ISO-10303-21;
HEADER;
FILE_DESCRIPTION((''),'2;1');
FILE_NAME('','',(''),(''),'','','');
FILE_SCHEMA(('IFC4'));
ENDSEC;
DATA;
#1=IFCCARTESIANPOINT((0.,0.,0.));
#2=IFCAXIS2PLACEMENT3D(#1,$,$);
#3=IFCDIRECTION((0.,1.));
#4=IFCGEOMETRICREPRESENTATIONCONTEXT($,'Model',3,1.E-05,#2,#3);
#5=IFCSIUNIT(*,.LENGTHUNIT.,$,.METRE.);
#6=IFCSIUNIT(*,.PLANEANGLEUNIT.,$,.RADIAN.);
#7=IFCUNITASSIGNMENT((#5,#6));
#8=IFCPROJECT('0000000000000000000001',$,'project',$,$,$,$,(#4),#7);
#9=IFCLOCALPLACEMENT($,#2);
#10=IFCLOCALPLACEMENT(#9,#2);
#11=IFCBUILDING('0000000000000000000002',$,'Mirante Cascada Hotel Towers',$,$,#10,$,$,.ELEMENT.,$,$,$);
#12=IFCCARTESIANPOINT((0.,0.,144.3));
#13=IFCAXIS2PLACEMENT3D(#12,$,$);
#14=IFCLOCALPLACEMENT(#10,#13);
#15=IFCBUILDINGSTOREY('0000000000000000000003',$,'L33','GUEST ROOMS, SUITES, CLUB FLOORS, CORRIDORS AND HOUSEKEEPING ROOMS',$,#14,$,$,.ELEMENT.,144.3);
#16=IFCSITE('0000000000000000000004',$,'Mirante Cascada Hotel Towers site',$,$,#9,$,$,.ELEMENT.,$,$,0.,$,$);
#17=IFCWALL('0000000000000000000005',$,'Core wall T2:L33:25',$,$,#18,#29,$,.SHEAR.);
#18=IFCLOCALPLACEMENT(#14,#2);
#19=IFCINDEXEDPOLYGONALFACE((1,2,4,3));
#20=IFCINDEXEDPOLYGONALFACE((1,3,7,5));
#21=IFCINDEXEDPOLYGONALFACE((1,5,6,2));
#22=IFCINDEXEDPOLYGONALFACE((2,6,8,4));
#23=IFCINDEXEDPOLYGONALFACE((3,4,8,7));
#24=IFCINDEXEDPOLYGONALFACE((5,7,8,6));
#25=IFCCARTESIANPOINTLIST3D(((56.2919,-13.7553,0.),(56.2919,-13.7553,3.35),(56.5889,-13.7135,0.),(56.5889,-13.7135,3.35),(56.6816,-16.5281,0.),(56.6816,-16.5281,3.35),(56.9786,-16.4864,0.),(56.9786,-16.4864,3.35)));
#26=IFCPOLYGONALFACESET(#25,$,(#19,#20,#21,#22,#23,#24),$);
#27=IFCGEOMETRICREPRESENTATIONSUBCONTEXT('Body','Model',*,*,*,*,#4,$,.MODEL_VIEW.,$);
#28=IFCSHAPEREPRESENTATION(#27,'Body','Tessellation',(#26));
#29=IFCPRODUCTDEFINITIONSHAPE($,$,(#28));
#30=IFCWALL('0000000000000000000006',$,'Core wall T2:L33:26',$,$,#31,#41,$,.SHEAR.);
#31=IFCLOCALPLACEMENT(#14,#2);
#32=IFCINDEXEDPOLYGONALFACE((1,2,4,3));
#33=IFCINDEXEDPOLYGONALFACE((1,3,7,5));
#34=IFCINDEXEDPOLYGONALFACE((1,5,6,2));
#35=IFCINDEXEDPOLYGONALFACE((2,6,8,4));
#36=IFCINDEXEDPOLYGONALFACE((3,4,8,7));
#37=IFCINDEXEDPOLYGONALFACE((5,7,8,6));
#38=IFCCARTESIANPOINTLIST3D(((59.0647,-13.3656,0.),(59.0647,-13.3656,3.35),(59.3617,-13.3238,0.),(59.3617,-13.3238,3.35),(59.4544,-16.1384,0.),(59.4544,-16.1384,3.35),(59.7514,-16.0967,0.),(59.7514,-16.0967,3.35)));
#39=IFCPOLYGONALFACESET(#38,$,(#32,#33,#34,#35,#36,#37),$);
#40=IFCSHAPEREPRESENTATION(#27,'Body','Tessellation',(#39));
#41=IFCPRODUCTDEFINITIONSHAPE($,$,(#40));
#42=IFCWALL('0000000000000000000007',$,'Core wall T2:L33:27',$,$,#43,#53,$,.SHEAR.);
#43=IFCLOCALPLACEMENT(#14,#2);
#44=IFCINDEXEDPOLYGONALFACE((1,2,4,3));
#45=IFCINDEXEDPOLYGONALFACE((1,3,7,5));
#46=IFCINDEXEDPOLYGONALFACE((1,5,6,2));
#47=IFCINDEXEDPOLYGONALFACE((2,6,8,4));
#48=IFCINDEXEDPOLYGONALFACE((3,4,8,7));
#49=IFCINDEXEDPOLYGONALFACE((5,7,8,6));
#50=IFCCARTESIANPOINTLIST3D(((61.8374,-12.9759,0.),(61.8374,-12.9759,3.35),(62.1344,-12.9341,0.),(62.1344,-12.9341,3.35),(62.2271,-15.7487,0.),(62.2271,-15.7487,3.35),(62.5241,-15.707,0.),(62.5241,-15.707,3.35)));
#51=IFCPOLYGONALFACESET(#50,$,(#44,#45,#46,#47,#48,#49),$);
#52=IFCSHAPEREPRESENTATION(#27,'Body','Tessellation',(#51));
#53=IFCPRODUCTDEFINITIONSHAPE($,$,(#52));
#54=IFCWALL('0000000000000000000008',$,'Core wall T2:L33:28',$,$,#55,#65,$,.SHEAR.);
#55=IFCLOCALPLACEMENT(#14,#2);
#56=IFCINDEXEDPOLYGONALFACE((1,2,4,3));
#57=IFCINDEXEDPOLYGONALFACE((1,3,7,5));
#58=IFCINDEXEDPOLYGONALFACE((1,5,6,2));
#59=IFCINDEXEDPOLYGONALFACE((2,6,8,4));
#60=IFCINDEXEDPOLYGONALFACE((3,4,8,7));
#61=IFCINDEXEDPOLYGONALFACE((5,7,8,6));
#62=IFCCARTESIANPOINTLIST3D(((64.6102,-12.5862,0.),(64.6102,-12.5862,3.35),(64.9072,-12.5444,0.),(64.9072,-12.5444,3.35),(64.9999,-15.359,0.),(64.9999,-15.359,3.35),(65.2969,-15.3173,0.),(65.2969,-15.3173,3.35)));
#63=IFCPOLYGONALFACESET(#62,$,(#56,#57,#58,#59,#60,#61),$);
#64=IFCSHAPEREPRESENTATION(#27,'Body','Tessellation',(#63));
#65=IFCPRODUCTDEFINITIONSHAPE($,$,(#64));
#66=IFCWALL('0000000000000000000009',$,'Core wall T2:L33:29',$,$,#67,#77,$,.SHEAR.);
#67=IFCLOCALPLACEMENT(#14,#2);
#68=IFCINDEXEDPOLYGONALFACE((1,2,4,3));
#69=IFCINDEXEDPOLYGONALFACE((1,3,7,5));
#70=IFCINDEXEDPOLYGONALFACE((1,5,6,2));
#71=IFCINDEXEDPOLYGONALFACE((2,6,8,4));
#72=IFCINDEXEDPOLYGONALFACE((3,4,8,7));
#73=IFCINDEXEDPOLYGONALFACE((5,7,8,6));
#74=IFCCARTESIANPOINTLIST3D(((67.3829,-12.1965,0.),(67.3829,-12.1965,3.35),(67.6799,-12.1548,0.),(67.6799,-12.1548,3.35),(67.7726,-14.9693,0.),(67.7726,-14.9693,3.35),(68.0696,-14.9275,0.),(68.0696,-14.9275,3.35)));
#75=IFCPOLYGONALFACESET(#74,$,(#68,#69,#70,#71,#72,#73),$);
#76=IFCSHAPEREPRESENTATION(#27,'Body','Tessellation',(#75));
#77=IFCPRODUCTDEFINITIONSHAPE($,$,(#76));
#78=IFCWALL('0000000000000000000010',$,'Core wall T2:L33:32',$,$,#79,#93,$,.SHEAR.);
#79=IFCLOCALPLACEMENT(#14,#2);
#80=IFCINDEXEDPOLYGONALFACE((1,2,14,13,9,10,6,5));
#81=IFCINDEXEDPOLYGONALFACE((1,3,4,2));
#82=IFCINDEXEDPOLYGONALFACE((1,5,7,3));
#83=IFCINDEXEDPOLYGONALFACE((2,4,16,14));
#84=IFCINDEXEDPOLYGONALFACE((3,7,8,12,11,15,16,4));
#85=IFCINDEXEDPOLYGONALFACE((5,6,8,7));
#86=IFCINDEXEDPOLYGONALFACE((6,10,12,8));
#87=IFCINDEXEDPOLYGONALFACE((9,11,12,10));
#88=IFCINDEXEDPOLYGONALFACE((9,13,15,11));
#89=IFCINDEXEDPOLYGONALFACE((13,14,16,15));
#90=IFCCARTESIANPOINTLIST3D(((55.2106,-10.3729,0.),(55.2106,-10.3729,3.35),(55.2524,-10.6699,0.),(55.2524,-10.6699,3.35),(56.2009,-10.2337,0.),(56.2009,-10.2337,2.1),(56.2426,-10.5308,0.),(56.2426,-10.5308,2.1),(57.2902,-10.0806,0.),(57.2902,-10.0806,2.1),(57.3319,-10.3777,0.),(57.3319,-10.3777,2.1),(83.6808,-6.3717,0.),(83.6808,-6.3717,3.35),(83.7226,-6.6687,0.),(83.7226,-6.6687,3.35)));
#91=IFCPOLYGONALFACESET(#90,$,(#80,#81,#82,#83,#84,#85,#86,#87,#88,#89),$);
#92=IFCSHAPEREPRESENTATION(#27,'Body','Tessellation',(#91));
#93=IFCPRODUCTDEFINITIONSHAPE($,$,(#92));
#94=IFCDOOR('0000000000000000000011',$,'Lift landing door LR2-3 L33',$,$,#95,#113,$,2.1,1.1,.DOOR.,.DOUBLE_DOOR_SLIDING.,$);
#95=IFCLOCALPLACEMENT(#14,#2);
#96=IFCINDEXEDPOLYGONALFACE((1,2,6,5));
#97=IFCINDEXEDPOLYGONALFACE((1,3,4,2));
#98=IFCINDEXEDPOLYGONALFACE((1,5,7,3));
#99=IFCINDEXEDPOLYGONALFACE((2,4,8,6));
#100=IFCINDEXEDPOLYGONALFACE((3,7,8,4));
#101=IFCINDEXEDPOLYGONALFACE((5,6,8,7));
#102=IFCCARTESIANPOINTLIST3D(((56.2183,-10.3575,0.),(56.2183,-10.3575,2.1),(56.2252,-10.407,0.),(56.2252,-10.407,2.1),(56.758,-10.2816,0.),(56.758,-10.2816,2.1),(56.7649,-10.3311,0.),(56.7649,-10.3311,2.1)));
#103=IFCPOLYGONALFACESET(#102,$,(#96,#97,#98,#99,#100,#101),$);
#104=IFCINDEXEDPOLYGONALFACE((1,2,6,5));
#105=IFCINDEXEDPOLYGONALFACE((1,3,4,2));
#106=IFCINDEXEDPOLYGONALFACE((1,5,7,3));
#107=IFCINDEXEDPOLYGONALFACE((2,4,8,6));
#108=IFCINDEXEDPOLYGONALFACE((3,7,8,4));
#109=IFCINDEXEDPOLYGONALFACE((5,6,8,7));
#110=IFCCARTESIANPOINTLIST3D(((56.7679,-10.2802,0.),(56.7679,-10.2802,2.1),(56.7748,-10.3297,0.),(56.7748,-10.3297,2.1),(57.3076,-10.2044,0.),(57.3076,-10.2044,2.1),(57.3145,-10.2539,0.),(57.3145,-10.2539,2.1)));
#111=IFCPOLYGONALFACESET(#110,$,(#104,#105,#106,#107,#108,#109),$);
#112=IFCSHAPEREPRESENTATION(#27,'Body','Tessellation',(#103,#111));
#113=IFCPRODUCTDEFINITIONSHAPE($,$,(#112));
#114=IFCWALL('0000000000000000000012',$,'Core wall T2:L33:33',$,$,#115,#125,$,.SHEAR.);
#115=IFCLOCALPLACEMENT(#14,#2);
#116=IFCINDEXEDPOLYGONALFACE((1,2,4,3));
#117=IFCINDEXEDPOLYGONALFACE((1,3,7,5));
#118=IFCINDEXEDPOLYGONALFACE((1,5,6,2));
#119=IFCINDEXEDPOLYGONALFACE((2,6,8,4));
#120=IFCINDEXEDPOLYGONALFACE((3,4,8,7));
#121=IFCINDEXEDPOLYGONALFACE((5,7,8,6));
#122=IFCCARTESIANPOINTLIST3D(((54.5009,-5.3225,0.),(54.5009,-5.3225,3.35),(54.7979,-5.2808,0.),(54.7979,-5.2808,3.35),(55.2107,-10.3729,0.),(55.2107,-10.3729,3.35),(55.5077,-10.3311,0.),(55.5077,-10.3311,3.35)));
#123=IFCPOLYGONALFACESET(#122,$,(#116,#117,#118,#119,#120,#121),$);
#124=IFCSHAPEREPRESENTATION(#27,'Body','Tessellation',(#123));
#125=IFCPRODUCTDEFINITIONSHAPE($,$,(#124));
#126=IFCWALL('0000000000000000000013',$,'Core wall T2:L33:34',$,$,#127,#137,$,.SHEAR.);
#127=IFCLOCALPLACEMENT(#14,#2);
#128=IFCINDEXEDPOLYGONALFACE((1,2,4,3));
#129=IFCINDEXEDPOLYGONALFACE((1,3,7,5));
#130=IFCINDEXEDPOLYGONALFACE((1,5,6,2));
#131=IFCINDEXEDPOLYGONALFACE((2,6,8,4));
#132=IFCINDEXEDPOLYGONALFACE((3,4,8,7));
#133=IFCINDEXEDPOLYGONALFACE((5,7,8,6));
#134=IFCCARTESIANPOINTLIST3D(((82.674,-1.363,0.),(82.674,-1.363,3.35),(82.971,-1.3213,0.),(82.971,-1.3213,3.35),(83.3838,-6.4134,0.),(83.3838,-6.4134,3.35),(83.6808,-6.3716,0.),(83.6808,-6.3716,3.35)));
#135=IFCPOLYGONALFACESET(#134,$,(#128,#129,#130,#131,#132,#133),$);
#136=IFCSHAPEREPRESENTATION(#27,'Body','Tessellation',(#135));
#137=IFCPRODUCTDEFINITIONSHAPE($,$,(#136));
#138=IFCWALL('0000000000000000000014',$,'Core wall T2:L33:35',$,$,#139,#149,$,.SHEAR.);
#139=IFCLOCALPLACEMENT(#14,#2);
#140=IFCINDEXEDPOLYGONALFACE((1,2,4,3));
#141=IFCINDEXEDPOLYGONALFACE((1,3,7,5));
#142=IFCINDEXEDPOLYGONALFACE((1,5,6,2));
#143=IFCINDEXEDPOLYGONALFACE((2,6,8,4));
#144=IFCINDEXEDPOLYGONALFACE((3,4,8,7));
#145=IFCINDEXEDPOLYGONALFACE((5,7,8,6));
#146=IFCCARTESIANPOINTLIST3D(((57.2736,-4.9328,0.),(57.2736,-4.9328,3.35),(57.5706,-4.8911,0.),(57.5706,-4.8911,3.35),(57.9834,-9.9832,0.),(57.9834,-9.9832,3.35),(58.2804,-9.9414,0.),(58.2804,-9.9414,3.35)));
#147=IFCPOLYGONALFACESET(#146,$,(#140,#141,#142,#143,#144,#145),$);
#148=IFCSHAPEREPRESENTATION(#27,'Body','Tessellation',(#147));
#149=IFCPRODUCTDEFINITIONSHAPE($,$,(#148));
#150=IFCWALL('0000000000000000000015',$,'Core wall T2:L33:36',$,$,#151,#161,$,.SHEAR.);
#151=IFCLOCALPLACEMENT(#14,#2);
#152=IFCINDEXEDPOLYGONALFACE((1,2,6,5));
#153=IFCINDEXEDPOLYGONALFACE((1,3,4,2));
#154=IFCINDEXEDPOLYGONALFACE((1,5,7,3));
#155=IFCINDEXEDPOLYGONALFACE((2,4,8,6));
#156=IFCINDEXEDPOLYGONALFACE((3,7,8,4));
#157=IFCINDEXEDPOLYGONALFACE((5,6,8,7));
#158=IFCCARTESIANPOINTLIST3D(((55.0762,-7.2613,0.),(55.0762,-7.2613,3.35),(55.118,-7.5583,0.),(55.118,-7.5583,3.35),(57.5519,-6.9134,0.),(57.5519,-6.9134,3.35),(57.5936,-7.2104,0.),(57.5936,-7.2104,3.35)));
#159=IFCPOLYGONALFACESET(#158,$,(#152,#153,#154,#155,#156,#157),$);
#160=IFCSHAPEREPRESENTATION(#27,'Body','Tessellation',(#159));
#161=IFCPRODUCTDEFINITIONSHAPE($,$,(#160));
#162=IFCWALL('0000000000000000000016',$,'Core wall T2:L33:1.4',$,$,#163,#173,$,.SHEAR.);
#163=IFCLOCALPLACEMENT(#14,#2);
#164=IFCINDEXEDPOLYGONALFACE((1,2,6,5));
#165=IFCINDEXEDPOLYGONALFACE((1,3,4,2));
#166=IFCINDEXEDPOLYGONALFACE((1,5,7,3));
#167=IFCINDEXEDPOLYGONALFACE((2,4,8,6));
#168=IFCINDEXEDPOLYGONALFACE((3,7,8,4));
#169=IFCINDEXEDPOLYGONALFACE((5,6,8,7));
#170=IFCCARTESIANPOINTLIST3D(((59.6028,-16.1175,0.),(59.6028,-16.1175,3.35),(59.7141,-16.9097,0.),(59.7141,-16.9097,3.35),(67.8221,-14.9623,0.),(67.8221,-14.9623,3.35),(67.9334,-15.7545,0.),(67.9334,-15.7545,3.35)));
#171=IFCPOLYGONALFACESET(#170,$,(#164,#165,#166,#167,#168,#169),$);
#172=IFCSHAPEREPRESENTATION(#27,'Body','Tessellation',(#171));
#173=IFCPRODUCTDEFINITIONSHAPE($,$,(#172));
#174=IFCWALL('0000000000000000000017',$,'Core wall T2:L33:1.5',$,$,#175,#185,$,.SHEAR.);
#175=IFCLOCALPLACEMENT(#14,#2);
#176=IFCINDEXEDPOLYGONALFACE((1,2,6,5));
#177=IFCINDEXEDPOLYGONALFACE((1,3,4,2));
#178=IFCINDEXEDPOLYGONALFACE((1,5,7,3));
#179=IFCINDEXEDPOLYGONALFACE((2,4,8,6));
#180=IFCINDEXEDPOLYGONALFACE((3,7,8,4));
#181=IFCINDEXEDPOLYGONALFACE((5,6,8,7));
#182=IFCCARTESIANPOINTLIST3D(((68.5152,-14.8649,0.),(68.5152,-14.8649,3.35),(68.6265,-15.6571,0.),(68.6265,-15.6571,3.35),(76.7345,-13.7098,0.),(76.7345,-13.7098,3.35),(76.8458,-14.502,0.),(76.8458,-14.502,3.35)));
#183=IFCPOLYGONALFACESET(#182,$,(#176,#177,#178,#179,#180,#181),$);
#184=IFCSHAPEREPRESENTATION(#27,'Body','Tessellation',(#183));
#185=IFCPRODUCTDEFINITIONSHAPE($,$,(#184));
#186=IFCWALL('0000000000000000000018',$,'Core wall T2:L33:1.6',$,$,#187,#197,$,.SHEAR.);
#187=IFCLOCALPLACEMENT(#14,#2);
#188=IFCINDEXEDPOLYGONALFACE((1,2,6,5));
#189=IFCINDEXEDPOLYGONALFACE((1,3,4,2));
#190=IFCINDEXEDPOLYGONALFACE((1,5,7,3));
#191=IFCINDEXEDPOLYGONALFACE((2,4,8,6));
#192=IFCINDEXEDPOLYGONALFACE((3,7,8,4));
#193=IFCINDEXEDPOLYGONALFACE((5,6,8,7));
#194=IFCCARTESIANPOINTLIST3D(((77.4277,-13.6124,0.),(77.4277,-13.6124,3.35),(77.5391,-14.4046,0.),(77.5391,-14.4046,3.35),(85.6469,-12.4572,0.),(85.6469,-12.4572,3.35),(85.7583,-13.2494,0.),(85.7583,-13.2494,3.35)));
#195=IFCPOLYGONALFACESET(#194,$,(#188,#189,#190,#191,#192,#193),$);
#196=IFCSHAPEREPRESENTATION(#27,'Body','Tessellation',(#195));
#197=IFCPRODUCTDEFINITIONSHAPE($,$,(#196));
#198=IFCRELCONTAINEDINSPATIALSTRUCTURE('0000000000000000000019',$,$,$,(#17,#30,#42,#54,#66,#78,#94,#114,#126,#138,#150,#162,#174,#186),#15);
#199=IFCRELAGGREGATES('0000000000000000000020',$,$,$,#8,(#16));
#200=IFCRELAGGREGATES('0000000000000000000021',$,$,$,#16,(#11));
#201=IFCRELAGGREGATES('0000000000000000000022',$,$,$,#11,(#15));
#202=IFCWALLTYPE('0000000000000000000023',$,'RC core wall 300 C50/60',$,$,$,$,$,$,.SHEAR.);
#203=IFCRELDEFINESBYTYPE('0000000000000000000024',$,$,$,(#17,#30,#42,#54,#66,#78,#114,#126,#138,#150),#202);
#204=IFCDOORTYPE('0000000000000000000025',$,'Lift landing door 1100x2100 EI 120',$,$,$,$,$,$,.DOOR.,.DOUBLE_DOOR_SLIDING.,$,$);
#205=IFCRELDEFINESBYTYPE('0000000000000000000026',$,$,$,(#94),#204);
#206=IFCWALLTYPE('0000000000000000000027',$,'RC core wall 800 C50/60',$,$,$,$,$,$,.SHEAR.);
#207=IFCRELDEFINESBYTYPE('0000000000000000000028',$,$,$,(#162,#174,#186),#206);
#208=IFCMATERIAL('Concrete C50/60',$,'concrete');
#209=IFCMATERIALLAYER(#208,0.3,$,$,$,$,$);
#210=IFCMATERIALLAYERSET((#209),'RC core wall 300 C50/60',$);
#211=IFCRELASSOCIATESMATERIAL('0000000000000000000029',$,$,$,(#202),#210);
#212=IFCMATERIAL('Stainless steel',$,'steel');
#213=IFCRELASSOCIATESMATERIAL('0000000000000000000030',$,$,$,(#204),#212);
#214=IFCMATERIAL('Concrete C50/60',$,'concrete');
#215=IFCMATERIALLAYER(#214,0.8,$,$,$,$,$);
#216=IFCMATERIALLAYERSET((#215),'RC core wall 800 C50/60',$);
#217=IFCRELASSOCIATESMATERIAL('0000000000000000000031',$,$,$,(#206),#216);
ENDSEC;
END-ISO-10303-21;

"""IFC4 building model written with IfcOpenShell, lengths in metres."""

from ifc_helpers import new_model, si_unit, direction, frame, frame_2d, origin, place, context, subcontext, project, spatial, rectangle, extrude, material, layer, layer_set, type_object, element, fill, save


model = new_model("IFC4")

# Units and contexts
model_context = context("Model", 3, precision=1e-05, world=origin(), true_north=direction((0.0, 1.0)))
body_context = subcontext(model_context, "Body", "Model", "MODEL_VIEW")
ifc_project = project(units=[si_unit("LENGTHUNIT", "METRE"), si_unit("PLANEANGLEUNIT", "RADIAN")], contexts=[model_context])

# Site, building, storey
site_placement = place(None, origin())
site = spatial("IfcSite", under=ifc_project, at=site_placement, Name="Mirante Cascada Hotel Towers site", CompositionType="ELEMENT", RefElevation=0.0)
building_placement = place(site_placement, origin())
building = spatial("IfcBuilding", under=site, at=building_placement, Name="Mirante Cascada Hotel Towers", CompositionType="ELEMENT")
storey_placement = place(building_placement, frame((0.0, 0.0, 144.3)))
storey = spatial("IfcBuildingStorey", under=building, at=storey_placement, Name="L33", Description="GUEST ROOMS, SUITES, CLUB FLOORS, CORRIDORS AND HOUSEKEEPING ROOMS", CompositionType="ELEMENT", Elevation=144.3)

# Walls
ifc_material_1 = material(Name="Concrete C50/60", Category="concrete")
ifc_layer_1 = layer(ifc_material_1, 0.3)
ifc_layer_set_1 = layer_set([ifc_layer_1], Name="RC core wall 300 C50/60")
wall_type_1 = type_object("IfcWallType", Name="RC core wall 300 C50/60", PredefinedType="SHEAR", material=ifc_layer_set_1)
for number, where, z_axis, x_axis, name in (
    (1, (56.8301, -16.5072, 0.0), (0.0, 0.0, 1.0), (-0.139176, 0.990268, 0.0), "Core wall T2:L33:25"),
    (2, (59.6029, -16.1175, 0.0), (0.0, 0.0, 1.0), (-0.139176, 0.990268, 0.0), "Core wall T2:L33:26"),
    (3, (62.3756, -15.7278, 0.0), (0.0, 0.0, 1.0), (-0.139176, 0.990268, 0.0), "Core wall T2:L33:27"),
    (4, (65.1484, -15.3381, 0.0), (0.0, 0.0, 1.0), (-0.139176, 0.990268, 0.0), "Core wall T2:L33:28"),
):
    element("IfcWall", number, at=place(storey_placement, frame(where, z_axis=z_axis, x_axis=x_axis)), inside=storey, type_object=wall_type_1, Name=name, PredefinedType="SHEAR", context=body_context, shape_type="SweptSolid", body=[
        extrude(rectangle(XDim=2.8001, YDim=0.3, at=frame_2d((1.4, 0.0))), origin(), (0.0, 0.0, 1.0), 3.35),
    ])
wall_1_placement = place(storey_placement, frame((67.9211, -14.9484, 0.0), z_axis=(0.0, 0.0, 1.0), x_axis=(-0.139181, 0.990267, 0.0)))
element("IfcWall", 5, at=wall_1_placement, inside=storey, type_object=wall_type_1, Name="Core wall T2:L33:29", PredefinedType="SHEAR", context=body_context, shape_type="SweptSolid", body=[
    extrude(rectangle(XDim=2.8, YDim=0.3, at=frame_2d((1.4, 0.0))), origin(), (0.0, 0.0, 1.0), 3.35),
])

# Wall, opening, door
wall_2_placement = place(storey_placement, frame((55.2315, -10.5214, 0.0), z_axis=(0.0, 0.0, 1.0), x_axis=(0.990268, 0.139172, 0.0)))
wall_2 = element("IfcWall", 6, at=wall_2_placement, inside=storey, type_object=wall_type_1, Name="Core wall T2:L33:32", PredefinedType="SHEAR", context=body_context, shape_type="SweptSolid", body=[
    extrude(rectangle(XDim=28.75, YDim=0.3, at=frame_2d((14.375, 0.0))), origin(), (0.0, 0.0, 1.0), 3.35),
])
opening_placement = place(wall_2_placement, frame((1.0, 0.0, 0.0)))
opening = element("IfcOpeningElement", 7, at=opening_placement, cuts=wall_2, PredefinedType="OPENING", context=body_context, shape_type="SweptSolid", body=[
    extrude(rectangle(XDim=1.1, YDim=2.1, at=frame_2d((0.55, 1.05))), frame((0.0, 0.15, 0.0), z_axis=(0.0, -1.0, 0.0), x_axis=(1.0, 0.0, 0.0)), (0.0, 0.0, 1.0), 0.3),
])
ifc_material_2 = material(Name="Stainless steel", Category="steel")
door_type = type_object("IfcDoorType", Name="Lift landing door 1100x2100 EI 120", OperationType="DOUBLE_DOOR_SLIDING", PredefinedType="DOOR", material=ifc_material_2)
door_placement = place(opening_placement, origin())
door = element("IfcDoor", 8, at=door_placement, inside=storey, type_object=door_type, Name="Lift landing door LR2-3 L33", OperationType="DOUBLE_DOOR_SLIDING", OverallHeight=2.1, OverallWidth=1.1, PredefinedType="DOOR", context=body_context, shape_type="SweptSolid", body=[
    extrude(rectangle(XDim=0.545, YDim=2.1, at=frame_2d((0.2725, 1.05))), frame((0.0, 0.025, 0.0), z_axis=(0.0, -1.0, 0.0), x_axis=(1.0, 0.0, 0.0)), (0.0, 0.0, 1.0), 0.05),
    extrude(rectangle(XDim=0.545, YDim=2.1, at=frame_2d((0.8275, 1.05))), frame((0.0, 0.025, 0.0), z_axis=(0.0, -1.0, 0.0), x_axis=(1.0, 0.0, 0.0)), (0.0, 0.0, 1.0), 0.05),
])
fill(opening, door)

# Walls
for number, where, z_axis, x_axis, name in (
    (9, (55.3592, -10.352, 0.0), (0.0, 0.0, 1.0), (-0.139176, 0.990268, 0.0), "Core wall T2:L33:33"),
    (10, (83.5323, -6.3925, 0.0), (0.0, 0.0, 1.0), (-0.139176, 0.990268, 0.0), "Core wall T2:L33:34"),
    (11, (58.1319, -9.9623, 0.0), (0.0, 0.0, 1.0), (-0.139176, 0.990268, 0.0), "Core wall T2:L33:35"),
):
    element("IfcWall", number, at=place(storey_placement, frame(where, z_axis=z_axis, x_axis=x_axis)), inside=storey, type_object=wall_type_1, Name=name, PredefinedType="SHEAR", context=body_context, shape_type="SweptSolid", body=[
        extrude(rectangle(XDim=5.1, YDim=0.3, at=frame_2d((2.55, 0.0))), origin(), (0.0, 0.0, 1.0), 3.35),
    ])
wall_3_placement = place(storey_placement, frame((55.0971, -7.4098, 0.0), z_axis=(0.0, 0.0, 1.0), x_axis=(0.99027, 0.139159, 0.0)))
element("IfcWall", 12, at=wall_3_placement, inside=storey, type_object=wall_type_1, Name="Core wall T2:L33:36", PredefinedType="SHEAR", context=body_context, shape_type="SweptSolid", body=[
    extrude(rectangle(XDim=2.5, YDim=0.3, at=frame_2d((1.25, 0.0))), origin(), (0.0, 0.0, 1.0), 3.35),
])
ifc_material_3 = material(Name="Concrete C50/60", Category="concrete")
ifc_layer_2 = layer(ifc_material_3, 0.8)
ifc_layer_set_2 = layer_set([ifc_layer_2], Name="RC core wall 800 C50/60")
wall_type_2 = type_object("IfcWallType", Name="RC core wall 800 C50/60", PredefinedType="SHEAR", material=ifc_layer_set_2)
for number, where, z_axis, x_axis, name in (
    (13, (59.6585, -16.5136, 0.0), (0.0, 0.0, 1.0), (0.990267, 0.139179, 0.0), "Core wall T2:L33:1.4"),
    (14, (68.5709, -15.261, 0.0), (0.0, 0.0, 1.0), (0.990269, 0.139167, 0.0), "Core wall T2:L33:1.5"),
):
    element("IfcWall", number, at=place(storey_placement, frame(where, z_axis=z_axis, x_axis=x_axis)), inside=storey, type_object=wall_type_2, Name=name, PredefinedType="SHEAR", context=body_context, shape_type="SweptSolid", body=[
        extrude(rectangle(XDim=8.3001, YDim=0.8, at=frame_2d((4.15, 0.0))), origin(), (0.0, 0.0, 1.0), 3.35),
    ])
wall_4_placement = place(storey_placement, frame((77.4834, -14.0085, 0.0), z_axis=(0.0, 0.0, 1.0), x_axis=(0.990267, 0.139181, 0.0)))
element("IfcWall", 15, at=wall_4_placement, inside=storey, type_object=wall_type_2, Name="Core wall T2:L33:1.6", PredefinedType="SHEAR", context=body_context, shape_type="SweptSolid", body=[
    extrude(rectangle(XDim=8.3, YDim=0.8, at=frame_2d((4.15, 0.0))), origin(), (0.0, 0.0, 1.0), 3.35),
])

save(model, "model.ifc")
